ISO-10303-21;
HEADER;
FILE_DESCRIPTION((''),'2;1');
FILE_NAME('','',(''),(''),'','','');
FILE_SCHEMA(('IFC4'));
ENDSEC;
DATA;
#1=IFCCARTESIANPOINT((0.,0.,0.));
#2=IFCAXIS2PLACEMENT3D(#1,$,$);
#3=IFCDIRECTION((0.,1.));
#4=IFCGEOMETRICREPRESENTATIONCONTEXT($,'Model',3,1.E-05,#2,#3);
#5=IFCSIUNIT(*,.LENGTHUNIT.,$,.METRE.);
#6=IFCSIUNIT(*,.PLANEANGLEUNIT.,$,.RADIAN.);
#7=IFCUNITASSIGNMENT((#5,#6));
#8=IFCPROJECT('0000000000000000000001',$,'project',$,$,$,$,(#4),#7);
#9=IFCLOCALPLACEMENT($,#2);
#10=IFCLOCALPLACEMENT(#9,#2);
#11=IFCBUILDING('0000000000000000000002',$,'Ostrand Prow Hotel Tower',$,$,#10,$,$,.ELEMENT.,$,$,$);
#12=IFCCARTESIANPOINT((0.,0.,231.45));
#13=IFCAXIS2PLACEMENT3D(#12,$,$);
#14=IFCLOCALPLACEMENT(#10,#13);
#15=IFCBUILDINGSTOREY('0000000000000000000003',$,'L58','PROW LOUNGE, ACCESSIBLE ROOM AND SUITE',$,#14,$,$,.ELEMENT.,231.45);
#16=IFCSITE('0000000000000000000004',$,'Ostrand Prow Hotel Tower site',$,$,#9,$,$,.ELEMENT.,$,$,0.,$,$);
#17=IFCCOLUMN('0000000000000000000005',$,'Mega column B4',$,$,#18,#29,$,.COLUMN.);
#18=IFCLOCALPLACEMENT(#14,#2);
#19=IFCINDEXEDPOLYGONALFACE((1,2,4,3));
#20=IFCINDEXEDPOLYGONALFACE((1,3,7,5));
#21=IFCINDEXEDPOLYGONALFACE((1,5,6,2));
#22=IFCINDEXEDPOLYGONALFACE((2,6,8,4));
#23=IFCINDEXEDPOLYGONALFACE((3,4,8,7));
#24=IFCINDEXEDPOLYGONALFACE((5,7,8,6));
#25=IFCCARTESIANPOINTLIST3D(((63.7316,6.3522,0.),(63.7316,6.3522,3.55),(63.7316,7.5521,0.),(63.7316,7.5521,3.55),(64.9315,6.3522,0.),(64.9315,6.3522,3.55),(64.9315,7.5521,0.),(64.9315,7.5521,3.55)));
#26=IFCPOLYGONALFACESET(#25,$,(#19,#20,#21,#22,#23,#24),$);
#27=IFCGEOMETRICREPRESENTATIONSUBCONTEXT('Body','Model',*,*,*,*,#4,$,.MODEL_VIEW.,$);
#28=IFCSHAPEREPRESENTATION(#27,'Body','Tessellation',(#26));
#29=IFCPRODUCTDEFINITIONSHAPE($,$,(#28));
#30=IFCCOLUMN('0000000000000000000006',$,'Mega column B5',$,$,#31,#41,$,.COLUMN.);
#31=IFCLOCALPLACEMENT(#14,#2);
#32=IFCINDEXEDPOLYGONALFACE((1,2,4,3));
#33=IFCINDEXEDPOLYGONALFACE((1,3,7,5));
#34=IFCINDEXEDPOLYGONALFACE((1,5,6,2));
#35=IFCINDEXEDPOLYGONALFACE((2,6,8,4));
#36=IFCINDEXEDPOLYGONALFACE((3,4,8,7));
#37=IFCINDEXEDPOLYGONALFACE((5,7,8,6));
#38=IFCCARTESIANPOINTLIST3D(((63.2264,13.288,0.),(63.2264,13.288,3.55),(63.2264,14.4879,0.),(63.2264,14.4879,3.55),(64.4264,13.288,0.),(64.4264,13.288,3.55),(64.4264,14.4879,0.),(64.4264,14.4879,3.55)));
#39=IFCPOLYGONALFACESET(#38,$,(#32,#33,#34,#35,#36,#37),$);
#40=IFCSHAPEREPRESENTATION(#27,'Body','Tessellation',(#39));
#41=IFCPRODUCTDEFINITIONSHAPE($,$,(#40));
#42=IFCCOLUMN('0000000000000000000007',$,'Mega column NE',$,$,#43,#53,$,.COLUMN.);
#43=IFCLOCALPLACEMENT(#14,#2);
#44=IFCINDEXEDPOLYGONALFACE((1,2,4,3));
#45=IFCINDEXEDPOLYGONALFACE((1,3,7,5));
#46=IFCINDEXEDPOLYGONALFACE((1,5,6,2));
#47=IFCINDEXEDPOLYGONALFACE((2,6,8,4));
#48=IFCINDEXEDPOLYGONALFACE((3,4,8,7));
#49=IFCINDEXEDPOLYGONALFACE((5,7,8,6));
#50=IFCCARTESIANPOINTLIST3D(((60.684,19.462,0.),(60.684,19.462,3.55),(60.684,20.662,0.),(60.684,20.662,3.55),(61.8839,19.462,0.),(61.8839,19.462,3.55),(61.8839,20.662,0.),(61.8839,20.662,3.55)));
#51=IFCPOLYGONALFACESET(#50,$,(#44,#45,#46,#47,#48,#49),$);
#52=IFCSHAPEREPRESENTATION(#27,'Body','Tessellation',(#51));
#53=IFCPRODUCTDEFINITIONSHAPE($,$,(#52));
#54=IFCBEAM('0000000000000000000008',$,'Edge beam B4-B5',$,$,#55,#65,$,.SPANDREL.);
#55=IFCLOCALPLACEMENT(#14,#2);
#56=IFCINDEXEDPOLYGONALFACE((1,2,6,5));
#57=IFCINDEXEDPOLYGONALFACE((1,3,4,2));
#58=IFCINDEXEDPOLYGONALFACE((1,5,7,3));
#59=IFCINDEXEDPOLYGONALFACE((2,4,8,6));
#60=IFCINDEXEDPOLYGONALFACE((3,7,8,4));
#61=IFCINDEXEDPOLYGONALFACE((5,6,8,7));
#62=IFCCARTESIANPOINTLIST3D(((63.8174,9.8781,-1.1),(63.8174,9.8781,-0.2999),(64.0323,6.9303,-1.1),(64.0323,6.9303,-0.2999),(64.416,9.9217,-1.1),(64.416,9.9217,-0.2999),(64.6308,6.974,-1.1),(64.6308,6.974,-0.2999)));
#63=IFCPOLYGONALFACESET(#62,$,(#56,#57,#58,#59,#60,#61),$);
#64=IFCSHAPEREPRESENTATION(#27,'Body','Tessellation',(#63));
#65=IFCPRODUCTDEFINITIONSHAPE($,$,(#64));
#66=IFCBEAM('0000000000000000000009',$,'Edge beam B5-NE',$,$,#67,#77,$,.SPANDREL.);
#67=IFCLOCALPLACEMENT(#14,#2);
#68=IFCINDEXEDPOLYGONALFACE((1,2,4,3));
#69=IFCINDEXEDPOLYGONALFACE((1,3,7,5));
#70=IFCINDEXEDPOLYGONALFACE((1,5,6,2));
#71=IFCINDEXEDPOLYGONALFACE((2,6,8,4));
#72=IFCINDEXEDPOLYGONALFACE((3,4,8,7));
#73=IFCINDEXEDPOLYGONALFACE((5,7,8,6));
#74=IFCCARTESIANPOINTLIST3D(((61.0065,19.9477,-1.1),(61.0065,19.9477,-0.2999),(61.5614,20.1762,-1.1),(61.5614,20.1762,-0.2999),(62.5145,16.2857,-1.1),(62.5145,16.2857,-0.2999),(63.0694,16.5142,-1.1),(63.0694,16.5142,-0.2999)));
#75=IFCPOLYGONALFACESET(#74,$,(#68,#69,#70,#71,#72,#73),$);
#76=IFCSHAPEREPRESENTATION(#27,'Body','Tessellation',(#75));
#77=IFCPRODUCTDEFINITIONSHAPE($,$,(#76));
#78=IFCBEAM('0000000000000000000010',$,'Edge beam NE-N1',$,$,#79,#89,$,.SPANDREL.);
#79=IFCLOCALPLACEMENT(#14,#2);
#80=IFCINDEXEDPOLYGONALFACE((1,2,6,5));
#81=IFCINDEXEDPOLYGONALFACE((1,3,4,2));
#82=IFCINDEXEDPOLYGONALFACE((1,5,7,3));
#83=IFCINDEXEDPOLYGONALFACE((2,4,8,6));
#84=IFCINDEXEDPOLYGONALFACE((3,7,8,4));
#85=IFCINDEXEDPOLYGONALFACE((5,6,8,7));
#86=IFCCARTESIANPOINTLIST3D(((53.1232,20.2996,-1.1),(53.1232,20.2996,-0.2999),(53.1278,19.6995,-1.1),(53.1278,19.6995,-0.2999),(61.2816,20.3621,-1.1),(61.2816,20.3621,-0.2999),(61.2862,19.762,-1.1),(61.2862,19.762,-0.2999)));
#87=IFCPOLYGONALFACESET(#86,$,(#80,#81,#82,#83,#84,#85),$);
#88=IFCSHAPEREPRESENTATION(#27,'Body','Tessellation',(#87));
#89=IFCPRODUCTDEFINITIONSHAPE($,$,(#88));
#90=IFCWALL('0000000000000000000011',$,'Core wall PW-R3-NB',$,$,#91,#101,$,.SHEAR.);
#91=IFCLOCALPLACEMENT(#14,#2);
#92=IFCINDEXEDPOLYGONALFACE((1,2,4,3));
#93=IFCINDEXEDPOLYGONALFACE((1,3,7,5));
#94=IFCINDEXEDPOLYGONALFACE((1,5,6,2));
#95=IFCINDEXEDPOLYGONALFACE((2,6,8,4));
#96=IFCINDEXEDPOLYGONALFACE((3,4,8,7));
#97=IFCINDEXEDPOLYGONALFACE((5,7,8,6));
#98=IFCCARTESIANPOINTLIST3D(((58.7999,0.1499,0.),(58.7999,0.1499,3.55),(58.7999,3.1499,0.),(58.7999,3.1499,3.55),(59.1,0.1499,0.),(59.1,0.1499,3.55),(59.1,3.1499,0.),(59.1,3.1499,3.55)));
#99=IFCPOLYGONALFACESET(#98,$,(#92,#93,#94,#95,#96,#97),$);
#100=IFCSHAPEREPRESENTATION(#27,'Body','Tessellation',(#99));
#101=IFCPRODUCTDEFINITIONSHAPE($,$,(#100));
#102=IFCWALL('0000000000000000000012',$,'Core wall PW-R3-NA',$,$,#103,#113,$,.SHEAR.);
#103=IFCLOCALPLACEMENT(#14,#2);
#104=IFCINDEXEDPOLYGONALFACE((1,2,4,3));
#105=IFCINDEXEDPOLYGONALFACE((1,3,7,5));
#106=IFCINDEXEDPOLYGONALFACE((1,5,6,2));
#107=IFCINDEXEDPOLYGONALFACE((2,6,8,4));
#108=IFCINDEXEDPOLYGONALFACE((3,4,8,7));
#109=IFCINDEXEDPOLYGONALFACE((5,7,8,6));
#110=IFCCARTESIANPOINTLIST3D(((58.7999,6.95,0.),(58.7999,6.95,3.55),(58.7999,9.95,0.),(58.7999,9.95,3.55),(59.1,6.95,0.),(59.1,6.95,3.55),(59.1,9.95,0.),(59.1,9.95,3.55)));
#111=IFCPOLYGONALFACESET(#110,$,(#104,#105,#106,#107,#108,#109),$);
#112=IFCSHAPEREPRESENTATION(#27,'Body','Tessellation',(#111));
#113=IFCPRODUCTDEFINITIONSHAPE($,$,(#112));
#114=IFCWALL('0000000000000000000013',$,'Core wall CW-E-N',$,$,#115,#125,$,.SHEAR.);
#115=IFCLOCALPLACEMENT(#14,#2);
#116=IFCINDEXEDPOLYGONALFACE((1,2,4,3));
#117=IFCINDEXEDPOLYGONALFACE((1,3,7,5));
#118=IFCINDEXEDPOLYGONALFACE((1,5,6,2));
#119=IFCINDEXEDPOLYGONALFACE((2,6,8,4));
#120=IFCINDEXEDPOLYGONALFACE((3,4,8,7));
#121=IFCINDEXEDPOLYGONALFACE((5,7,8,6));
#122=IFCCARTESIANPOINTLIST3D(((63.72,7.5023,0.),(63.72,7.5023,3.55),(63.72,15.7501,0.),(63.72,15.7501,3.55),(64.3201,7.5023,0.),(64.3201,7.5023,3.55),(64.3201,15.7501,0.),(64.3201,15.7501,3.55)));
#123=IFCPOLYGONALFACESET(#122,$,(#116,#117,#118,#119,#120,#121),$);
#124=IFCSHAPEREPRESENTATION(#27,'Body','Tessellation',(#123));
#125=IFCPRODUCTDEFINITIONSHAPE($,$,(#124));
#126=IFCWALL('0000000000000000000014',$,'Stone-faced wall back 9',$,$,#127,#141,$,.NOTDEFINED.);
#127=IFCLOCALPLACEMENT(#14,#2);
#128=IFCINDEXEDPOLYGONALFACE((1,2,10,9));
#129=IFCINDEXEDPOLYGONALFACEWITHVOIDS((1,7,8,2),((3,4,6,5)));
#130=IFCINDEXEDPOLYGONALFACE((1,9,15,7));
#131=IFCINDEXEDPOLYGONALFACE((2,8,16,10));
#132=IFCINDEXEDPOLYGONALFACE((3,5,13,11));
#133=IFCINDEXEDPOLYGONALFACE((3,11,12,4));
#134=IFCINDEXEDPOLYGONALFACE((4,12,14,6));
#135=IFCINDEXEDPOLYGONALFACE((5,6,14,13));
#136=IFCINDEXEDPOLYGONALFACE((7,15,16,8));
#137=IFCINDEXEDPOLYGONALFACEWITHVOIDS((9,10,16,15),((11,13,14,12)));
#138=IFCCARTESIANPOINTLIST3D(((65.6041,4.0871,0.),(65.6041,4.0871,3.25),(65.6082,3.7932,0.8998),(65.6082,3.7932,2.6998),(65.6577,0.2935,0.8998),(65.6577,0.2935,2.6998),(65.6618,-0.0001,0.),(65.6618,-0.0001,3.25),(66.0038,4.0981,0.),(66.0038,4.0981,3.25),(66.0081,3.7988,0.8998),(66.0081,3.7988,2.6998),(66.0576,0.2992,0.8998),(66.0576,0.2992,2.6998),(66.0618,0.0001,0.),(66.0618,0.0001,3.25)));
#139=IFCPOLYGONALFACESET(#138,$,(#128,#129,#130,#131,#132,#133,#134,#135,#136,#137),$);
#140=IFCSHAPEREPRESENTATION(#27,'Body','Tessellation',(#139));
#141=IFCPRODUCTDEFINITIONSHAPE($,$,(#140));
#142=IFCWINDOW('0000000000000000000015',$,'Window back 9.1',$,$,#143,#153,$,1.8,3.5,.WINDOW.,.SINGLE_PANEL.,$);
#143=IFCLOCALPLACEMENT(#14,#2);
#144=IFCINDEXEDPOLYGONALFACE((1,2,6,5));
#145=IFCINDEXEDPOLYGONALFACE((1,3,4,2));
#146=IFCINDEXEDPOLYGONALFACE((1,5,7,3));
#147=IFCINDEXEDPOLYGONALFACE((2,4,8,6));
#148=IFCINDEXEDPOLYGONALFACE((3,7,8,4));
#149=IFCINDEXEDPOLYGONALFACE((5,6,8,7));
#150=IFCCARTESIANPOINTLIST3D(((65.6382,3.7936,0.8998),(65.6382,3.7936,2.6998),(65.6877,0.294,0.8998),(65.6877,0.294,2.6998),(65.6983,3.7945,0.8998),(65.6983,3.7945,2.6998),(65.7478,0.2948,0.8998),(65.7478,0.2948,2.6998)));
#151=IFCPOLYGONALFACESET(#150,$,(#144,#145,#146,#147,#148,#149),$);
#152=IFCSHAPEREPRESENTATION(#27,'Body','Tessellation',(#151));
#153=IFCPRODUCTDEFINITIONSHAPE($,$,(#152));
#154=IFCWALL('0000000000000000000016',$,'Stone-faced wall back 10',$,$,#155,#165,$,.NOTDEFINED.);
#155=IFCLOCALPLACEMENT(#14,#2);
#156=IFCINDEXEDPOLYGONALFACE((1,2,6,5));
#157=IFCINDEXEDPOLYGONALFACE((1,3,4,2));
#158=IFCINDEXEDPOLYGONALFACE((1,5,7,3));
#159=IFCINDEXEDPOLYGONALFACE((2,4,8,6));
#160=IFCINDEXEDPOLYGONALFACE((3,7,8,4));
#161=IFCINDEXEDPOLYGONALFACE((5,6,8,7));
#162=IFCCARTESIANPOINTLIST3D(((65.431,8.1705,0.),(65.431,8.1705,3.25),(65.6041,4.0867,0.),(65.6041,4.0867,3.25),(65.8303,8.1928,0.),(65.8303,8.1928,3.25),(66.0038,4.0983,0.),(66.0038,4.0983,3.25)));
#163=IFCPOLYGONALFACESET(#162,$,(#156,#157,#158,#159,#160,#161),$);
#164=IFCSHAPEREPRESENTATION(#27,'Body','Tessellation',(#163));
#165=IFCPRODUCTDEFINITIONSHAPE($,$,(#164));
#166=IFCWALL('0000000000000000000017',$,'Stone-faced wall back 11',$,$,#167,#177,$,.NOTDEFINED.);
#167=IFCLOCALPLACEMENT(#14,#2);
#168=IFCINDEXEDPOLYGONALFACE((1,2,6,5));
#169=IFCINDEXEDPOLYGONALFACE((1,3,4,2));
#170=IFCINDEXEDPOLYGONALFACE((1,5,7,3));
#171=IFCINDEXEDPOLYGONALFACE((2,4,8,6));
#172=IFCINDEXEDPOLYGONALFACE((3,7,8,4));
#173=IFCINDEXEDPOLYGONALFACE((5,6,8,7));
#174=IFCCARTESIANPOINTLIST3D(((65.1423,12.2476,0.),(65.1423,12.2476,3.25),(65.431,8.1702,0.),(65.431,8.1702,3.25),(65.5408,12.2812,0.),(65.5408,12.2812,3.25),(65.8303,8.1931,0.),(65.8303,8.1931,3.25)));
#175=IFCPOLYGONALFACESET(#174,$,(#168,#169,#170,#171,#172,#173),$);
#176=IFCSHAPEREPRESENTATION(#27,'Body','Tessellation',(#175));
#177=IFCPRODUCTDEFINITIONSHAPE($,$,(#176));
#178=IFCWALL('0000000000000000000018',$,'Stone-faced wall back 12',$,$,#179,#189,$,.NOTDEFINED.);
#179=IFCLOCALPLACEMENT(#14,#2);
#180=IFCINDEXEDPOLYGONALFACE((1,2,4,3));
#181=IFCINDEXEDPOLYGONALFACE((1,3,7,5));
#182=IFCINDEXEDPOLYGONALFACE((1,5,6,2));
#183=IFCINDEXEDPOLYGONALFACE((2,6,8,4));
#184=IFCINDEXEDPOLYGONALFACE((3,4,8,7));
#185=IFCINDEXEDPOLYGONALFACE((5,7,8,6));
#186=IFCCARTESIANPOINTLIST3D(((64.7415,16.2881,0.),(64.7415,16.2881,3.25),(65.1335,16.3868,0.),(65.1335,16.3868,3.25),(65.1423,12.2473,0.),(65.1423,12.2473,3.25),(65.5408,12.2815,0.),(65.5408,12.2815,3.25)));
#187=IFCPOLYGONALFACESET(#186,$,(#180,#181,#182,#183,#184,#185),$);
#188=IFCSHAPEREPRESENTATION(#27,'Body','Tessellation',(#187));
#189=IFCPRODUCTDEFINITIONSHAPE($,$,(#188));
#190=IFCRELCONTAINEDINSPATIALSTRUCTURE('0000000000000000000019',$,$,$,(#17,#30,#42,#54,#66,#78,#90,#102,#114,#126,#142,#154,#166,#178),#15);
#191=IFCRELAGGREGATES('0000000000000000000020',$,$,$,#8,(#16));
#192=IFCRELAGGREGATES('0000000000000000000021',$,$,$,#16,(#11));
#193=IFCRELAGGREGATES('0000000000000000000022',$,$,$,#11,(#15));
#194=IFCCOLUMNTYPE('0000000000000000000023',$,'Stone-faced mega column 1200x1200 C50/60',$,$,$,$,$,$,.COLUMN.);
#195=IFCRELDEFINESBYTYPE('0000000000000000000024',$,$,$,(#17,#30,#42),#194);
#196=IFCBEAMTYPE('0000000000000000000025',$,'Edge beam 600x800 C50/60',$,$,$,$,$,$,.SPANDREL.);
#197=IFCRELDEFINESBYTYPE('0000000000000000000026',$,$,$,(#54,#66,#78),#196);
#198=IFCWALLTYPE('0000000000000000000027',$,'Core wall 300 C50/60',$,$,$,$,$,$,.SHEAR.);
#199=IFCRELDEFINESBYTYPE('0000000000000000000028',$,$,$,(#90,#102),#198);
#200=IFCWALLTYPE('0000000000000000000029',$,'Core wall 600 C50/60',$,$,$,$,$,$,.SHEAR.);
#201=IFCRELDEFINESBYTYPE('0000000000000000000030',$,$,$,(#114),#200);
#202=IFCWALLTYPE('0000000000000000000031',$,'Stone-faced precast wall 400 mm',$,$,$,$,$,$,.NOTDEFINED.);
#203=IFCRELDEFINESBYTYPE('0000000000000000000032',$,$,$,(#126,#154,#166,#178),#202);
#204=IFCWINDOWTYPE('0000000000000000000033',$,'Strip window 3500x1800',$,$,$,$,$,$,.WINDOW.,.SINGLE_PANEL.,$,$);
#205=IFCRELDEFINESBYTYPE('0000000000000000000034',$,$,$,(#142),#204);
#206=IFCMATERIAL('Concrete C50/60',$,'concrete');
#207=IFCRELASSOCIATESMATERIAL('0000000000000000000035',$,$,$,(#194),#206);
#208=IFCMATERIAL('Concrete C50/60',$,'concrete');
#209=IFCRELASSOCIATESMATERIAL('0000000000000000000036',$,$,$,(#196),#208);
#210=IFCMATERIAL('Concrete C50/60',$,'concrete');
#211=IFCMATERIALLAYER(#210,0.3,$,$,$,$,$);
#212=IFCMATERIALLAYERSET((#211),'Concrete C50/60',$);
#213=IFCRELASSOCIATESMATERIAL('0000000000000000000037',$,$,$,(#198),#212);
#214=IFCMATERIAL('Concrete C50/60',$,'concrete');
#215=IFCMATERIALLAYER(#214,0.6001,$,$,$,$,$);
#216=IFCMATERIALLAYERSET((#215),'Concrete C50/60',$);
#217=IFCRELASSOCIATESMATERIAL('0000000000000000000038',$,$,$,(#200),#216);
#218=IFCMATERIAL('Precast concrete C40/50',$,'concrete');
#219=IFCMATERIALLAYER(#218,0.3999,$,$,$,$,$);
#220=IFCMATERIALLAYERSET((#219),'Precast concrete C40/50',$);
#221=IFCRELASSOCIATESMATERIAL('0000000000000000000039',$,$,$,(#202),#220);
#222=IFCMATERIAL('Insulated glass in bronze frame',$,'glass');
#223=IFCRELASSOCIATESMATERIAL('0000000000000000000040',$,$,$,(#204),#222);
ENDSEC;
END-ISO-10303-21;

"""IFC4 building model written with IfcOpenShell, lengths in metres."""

from ifc_helpers import new_model, si_unit, direction, frame, frame_2d, origin, origin_2d, place, context, subcontext, project, spatial, polyline, rectangle, outline, extrude, material, layer, layer_set, material_profile, profile_set, type_object, element, fill, save


model = new_model("IFC4")

# Units and contexts
model_context = context("Model", 3, precision=1e-05, world=origin(), true_north=direction((0.0, 1.0)))
body_context = subcontext(model_context, "Body", "Model", "MODEL_VIEW")
ifc_project = project(units=[si_unit("LENGTHUNIT", "METRE"), si_unit("PLANEANGLEUNIT", "RADIAN")], contexts=[model_context])

# Site, building, storey
site_placement = place(None, origin())
site = spatial("IfcSite", under=ifc_project, at=site_placement, Name="Ostrand Prow Hotel Tower site", CompositionType="ELEMENT", RefElevation=0.0)
building_placement = place(site_placement, origin())
building = spatial("IfcBuilding", under=site, at=building_placement, Name="Ostrand Prow Hotel Tower", CompositionType="ELEMENT")
storey_placement = place(building_placement, frame((0.0, 0.0, 231.45)))
storey = spatial("IfcBuildingStorey", under=building, at=storey_placement, Name="L58", Description="PROW LOUNGE, ACCESSIBLE ROOM AND SUITE", CompositionType="ELEMENT", Elevation=231.45)

# Columns
ifc_material_1 = material(Name="Concrete C50/60", Category="concrete")
ifc_material_profile_1 = material_profile(ifc_material_1, rectangle(XDim=1.2, YDim=1.2, at=origin_2d()), Name="RC 1200x1200")
ifc_profile_set_1 = profile_set([ifc_material_profile_1], Name="Concrete C50/60")
column_type = type_object("IfcColumnType", Name="Stone-faced mega column 1200x1200 C50/60", PredefinedType="COLUMN", material=ifc_profile_set_1)
for number, where, z_axis, x_axis, name in (
    (1, (64.3315, 6.9521, 0.0), (0.0, 0.0, 1.0), (1.0, 0.0, 0.0), "Mega column B4"),
    (2, (63.8264, 13.8879, 0.0), (0.0, 0.0, 1.0), (1.0, 0.0, 0.0), "Mega column B5"),
    (3, (61.2839, 20.062, 0.0), (0.0, 0.0, 1.0), (1.0, 0.0, 0.0), "Mega column NE"),
):
    element("IfcColumn", number, at=place(storey_placement, frame(where, z_axis=z_axis, x_axis=x_axis)), inside=storey, type_object=column_type, Name=name, PredefinedType="COLUMN", context=body_context, shape_type="SweptSolid", body=[
        extrude(rectangle(XDim=1.2, YDim=1.2, at=origin_2d()), origin(), (0.0, 0.0, 1.0), 3.55),
    ])

# Beams
ifc_material_2 = material(Name="Concrete C50/60", Category="concrete")
ifc_material_profile_2 = material_profile(ifc_material_2, rectangle(XDim=0.6001, YDim=0.8, at=origin_2d()), Name="RC 600x800")
ifc_profile_set_2 = profile_set([ifc_material_profile_2], Name="Concrete C50/60")
beam_type = type_object("IfcBeamType", Name="Edge beam 600x800 C50/60", PredefinedType="SPANDREL", material=ifc_profile_set_2)
beam_1_placement = place(storey_placement, frame((64.3315, 6.9521, -0.7), z_axis=(-0.072691, 0.997355, 0.0), x_axis=(-0.997355, -0.072691, 0.0)))
element("IfcBeam", 4, at=beam_1_placement, inside=storey, type_object=beam_type, Name="Edge beam B4-B5", PredefinedType="SPANDREL", context=body_context, shape_type="SweptSolid", body=[
    extrude(rectangle(XDim=0.6001, YDim=0.8, at=origin_2d()), origin(), (0.0, 0.0, 1.0), 2.9556),
])
beam_2_placement = place(storey_placement, frame((62.792, 16.3999, -0.7), z_axis=(-0.380778, 0.924667, 0.0), x_axis=(-0.924667, -0.380778, 0.0)))
element("IfcBeam", 5, at=beam_2_placement, inside=storey, type_object=beam_type, Name="Edge beam B5-NE", PredefinedType="SPANDREL", context=body_context, shape_type="SweptSolid", body=[
    extrude(rectangle(XDim=0.6001, YDim=0.8, at=origin_2d()), origin(), (0.0, 0.0, 1.0), 3.9604),
])
beam_3_placement = place(storey_placement, frame((61.2839, 20.062, -0.7), z_axis=(-0.999971, -0.007661, 0.0), x_axis=(0.007661, -0.999971, 0.0)))
element("IfcBeam", 6, at=beam_3_placement, inside=storey, type_object=beam_type, Name="Edge beam NE-N1", PredefinedType="SPANDREL", context=body_context, shape_type="SweptSolid", body=[
    extrude(rectangle(XDim=0.6001, YDim=0.8, at=origin_2d()), origin(), (0.0, 0.0, 1.0), 8.1587),
])

# Walls
ifc_material_3 = material(Name="Concrete C50/60", Category="concrete")
ifc_layer_1 = layer(ifc_material_3, 0.3)
ifc_layer_set_1 = layer_set([ifc_layer_1], Name="Concrete C50/60")
wall_type_1 = type_object("IfcWallType", Name="Core wall 300 C50/60", PredefinedType="SHEAR", material=ifc_layer_set_1)
for number, where, z_axis, x_axis, name in (
    (7, (58.95, 0.1499, 0.0), (0.0, 0.0, 1.0), (0.0, 1.0, 0.0), "Core wall PW-R3-NB"),
    (8, (58.95, 6.95, 0.0), (0.0, 0.0, 1.0), (0.0, 1.0, 0.0), "Core wall PW-R3-NA"),
):
    element("IfcWall", number, at=place(storey_placement, frame(where, z_axis=z_axis, x_axis=x_axis)), inside=storey, type_object=wall_type_1, Name=name, PredefinedType="SHEAR", context=body_context, shape_type="SweptSolid", body=[
        extrude(rectangle(XDim=3.0, YDim=0.3, at=frame_2d((1.5, 0.0))), origin(), (0.0, 0.0, 1.0), 3.55),
    ])
ifc_material_4 = material(Name="Concrete C50/60", Category="concrete")
ifc_layer_2 = layer(ifc_material_4, 0.6001)
ifc_layer_set_2 = layer_set([ifc_layer_2], Name="Concrete C50/60")
wall_type_2 = type_object("IfcWallType", Name="Core wall 600 C50/60", PredefinedType="SHEAR", material=ifc_layer_set_2)
wall_1_placement = place(storey_placement, frame((64.02, 7.5022, 0.0), z_axis=(0.0, 0.0, 1.0), x_axis=(0.0, 1.0, 0.0)))
element("IfcWall", 9, at=wall_1_placement, inside=storey, type_object=wall_type_2, Name="Core wall CW-E-N", PredefinedType="SHEAR", context=body_context, shape_type="SweptSolid", body=[
    extrude(rectangle(XDim=8.2478, YDim=0.6001, at=frame_2d((4.124, 0.0))), origin(), (0.0, 0.0, 1.0), 3.55),
])

# Wall, opening, window
ifc_material_5 = material(Name="Precast concrete C40/50", Category="concrete")
ifc_layer_3 = layer(ifc_material_5, 0.3999)
ifc_layer_set_3 = layer_set([ifc_layer_3], Name="Precast concrete C40/50")
wall_type_3 = type_object("IfcWallType", Name="Stone-faced precast wall 400 mm", PredefinedType="NOTDEFINED", material=ifc_layer_set_3)
wall_2_placement = place(storey_placement, frame((65.8618, 0.0, 0.0), z_axis=(0.0, 0.0, 1.0), x_axis=(-0.014137, 0.9999, 0.0)))
wall_2 = element("IfcWall", 10, at=wall_2_placement, inside=storey, type_object=wall_type_3, Name="Stone-faced wall back 9", PredefinedType="NOTDEFINED", context=body_context, shape_type="SweptSolid", body=[
    extrude(outline(polyline([(-0.0027, -0.2), (4.0957, -0.2), (4.0903, 0.2), (0.0027, 0.2), (-0.0027, -0.2)])), origin(), (0.0, 0.0, 1.0), 3.25),
])
opening_placement = place(wall_2_placement, frame((0.2964, 0.0, 0.8999)))
opening = element("IfcOpeningElement", 11, at=opening_placement, cuts=wall_2, PredefinedType="OPENING", context=body_context, shape_type="SweptSolid", body=[
    extrude(rectangle(XDim=3.5, YDim=1.8, at=frame_2d((1.75, 0.8999))), frame((0.0, 0.21, 0.0), z_axis=(0.0, -1.0, 0.0), x_axis=(1.0, 0.0, 0.0)), (0.0, 0.0, 1.0), 0.4199),
])
ifc_material_6 = material(Name="Insulated glass in bronze frame", Category="glass")
window_type = type_object("IfcWindowType", Name="Strip window 3500x1800", PartitioningType="SINGLE_PANEL", PredefinedType="WINDOW", material=ifc_material_6)
window_placement = place(opening_placement, origin())
window = element("IfcWindow", 12, at=window_placement, inside=storey, type_object=window_type, Name="Window back 9.1", OverallHeight=1.8, OverallWidth=3.5, PartitioningType="SINGLE_PANEL", PredefinedType="WINDOW", context=body_context, shape_type="SweptSolid", body=[
    extrude(rectangle(XDim=3.5, YDim=1.8, at=frame_2d((1.75, 0.8999))), frame((0.0, 0.1699, 0.0), z_axis=(0.0, -1.0, 0.0), x_axis=(1.0, 0.0, 0.0)), (0.0, 0.0, 1.0), 0.0601),
])
fill(opening, window)

# Walls
wall_3_placement = place(storey_placement, frame((65.804, 4.0925, 0.0), z_axis=(0.0, 0.0, 1.0), x_axis=(-0.042353, 0.999103, 0.0)))
element("IfcWall", 13, at=wall_3_placement, inside=storey, type_object=wall_type_3, Name="Stone-faced wall back 10", PredefinedType="NOTDEFINED", context=body_context, shape_type="SweptSolid", body=[
    extrude(outline(polyline([(-0.0027, -0.2), (4.0955, -0.2), (4.0901, 0.2), (0.0027, 0.2), (-0.0027, -0.2)])), origin(), (0.0, 0.0, 1.0), 3.25),
])
wall_4_placement = place(storey_placement, frame((65.6306, 8.1816, 0.0), z_axis=(0.0, 0.0, 1.0), x_axis=(-0.070624, 0.997503, 0.0)))
element("IfcWall", 14, at=wall_4_placement, inside=storey, type_object=wall_type_3, Name="Stone-faced wall back 11", PredefinedType="NOTDEFINED", context=body_context, shape_type="SweptSolid", body=[
    extrude(outline(polyline([(-0.0027, -0.2), (4.0957, -0.2), (4.0903, 0.2), (0.0027, 0.2), (-0.0027, -0.2)])), origin(), (0.0, 0.0, 1.0), 3.25),
])
wall_5_placement = place(storey_placement, frame((65.3416, 12.2644, 0.0), z_axis=(0.0, 0.0, 1.0), x_axis=(-0.098718, 0.995115, 0.0)))
element("IfcWall", 15, at=wall_5_placement, inside=storey, type_object=wall_type_3, Name="Stone-faced wall back 12", PredefinedType="NOTDEFINED", context=body_context, shape_type="SweptSolid", body=[
    extrude(outline(polyline([(-0.0027, -0.2), (4.1228, -0.2), (4.0632, 0.2), (0.0027, 0.2), (-0.0027, -0.2)])), origin(), (0.0, 0.0, 1.0), 3.25),
])

save(model, "model.ifc")
